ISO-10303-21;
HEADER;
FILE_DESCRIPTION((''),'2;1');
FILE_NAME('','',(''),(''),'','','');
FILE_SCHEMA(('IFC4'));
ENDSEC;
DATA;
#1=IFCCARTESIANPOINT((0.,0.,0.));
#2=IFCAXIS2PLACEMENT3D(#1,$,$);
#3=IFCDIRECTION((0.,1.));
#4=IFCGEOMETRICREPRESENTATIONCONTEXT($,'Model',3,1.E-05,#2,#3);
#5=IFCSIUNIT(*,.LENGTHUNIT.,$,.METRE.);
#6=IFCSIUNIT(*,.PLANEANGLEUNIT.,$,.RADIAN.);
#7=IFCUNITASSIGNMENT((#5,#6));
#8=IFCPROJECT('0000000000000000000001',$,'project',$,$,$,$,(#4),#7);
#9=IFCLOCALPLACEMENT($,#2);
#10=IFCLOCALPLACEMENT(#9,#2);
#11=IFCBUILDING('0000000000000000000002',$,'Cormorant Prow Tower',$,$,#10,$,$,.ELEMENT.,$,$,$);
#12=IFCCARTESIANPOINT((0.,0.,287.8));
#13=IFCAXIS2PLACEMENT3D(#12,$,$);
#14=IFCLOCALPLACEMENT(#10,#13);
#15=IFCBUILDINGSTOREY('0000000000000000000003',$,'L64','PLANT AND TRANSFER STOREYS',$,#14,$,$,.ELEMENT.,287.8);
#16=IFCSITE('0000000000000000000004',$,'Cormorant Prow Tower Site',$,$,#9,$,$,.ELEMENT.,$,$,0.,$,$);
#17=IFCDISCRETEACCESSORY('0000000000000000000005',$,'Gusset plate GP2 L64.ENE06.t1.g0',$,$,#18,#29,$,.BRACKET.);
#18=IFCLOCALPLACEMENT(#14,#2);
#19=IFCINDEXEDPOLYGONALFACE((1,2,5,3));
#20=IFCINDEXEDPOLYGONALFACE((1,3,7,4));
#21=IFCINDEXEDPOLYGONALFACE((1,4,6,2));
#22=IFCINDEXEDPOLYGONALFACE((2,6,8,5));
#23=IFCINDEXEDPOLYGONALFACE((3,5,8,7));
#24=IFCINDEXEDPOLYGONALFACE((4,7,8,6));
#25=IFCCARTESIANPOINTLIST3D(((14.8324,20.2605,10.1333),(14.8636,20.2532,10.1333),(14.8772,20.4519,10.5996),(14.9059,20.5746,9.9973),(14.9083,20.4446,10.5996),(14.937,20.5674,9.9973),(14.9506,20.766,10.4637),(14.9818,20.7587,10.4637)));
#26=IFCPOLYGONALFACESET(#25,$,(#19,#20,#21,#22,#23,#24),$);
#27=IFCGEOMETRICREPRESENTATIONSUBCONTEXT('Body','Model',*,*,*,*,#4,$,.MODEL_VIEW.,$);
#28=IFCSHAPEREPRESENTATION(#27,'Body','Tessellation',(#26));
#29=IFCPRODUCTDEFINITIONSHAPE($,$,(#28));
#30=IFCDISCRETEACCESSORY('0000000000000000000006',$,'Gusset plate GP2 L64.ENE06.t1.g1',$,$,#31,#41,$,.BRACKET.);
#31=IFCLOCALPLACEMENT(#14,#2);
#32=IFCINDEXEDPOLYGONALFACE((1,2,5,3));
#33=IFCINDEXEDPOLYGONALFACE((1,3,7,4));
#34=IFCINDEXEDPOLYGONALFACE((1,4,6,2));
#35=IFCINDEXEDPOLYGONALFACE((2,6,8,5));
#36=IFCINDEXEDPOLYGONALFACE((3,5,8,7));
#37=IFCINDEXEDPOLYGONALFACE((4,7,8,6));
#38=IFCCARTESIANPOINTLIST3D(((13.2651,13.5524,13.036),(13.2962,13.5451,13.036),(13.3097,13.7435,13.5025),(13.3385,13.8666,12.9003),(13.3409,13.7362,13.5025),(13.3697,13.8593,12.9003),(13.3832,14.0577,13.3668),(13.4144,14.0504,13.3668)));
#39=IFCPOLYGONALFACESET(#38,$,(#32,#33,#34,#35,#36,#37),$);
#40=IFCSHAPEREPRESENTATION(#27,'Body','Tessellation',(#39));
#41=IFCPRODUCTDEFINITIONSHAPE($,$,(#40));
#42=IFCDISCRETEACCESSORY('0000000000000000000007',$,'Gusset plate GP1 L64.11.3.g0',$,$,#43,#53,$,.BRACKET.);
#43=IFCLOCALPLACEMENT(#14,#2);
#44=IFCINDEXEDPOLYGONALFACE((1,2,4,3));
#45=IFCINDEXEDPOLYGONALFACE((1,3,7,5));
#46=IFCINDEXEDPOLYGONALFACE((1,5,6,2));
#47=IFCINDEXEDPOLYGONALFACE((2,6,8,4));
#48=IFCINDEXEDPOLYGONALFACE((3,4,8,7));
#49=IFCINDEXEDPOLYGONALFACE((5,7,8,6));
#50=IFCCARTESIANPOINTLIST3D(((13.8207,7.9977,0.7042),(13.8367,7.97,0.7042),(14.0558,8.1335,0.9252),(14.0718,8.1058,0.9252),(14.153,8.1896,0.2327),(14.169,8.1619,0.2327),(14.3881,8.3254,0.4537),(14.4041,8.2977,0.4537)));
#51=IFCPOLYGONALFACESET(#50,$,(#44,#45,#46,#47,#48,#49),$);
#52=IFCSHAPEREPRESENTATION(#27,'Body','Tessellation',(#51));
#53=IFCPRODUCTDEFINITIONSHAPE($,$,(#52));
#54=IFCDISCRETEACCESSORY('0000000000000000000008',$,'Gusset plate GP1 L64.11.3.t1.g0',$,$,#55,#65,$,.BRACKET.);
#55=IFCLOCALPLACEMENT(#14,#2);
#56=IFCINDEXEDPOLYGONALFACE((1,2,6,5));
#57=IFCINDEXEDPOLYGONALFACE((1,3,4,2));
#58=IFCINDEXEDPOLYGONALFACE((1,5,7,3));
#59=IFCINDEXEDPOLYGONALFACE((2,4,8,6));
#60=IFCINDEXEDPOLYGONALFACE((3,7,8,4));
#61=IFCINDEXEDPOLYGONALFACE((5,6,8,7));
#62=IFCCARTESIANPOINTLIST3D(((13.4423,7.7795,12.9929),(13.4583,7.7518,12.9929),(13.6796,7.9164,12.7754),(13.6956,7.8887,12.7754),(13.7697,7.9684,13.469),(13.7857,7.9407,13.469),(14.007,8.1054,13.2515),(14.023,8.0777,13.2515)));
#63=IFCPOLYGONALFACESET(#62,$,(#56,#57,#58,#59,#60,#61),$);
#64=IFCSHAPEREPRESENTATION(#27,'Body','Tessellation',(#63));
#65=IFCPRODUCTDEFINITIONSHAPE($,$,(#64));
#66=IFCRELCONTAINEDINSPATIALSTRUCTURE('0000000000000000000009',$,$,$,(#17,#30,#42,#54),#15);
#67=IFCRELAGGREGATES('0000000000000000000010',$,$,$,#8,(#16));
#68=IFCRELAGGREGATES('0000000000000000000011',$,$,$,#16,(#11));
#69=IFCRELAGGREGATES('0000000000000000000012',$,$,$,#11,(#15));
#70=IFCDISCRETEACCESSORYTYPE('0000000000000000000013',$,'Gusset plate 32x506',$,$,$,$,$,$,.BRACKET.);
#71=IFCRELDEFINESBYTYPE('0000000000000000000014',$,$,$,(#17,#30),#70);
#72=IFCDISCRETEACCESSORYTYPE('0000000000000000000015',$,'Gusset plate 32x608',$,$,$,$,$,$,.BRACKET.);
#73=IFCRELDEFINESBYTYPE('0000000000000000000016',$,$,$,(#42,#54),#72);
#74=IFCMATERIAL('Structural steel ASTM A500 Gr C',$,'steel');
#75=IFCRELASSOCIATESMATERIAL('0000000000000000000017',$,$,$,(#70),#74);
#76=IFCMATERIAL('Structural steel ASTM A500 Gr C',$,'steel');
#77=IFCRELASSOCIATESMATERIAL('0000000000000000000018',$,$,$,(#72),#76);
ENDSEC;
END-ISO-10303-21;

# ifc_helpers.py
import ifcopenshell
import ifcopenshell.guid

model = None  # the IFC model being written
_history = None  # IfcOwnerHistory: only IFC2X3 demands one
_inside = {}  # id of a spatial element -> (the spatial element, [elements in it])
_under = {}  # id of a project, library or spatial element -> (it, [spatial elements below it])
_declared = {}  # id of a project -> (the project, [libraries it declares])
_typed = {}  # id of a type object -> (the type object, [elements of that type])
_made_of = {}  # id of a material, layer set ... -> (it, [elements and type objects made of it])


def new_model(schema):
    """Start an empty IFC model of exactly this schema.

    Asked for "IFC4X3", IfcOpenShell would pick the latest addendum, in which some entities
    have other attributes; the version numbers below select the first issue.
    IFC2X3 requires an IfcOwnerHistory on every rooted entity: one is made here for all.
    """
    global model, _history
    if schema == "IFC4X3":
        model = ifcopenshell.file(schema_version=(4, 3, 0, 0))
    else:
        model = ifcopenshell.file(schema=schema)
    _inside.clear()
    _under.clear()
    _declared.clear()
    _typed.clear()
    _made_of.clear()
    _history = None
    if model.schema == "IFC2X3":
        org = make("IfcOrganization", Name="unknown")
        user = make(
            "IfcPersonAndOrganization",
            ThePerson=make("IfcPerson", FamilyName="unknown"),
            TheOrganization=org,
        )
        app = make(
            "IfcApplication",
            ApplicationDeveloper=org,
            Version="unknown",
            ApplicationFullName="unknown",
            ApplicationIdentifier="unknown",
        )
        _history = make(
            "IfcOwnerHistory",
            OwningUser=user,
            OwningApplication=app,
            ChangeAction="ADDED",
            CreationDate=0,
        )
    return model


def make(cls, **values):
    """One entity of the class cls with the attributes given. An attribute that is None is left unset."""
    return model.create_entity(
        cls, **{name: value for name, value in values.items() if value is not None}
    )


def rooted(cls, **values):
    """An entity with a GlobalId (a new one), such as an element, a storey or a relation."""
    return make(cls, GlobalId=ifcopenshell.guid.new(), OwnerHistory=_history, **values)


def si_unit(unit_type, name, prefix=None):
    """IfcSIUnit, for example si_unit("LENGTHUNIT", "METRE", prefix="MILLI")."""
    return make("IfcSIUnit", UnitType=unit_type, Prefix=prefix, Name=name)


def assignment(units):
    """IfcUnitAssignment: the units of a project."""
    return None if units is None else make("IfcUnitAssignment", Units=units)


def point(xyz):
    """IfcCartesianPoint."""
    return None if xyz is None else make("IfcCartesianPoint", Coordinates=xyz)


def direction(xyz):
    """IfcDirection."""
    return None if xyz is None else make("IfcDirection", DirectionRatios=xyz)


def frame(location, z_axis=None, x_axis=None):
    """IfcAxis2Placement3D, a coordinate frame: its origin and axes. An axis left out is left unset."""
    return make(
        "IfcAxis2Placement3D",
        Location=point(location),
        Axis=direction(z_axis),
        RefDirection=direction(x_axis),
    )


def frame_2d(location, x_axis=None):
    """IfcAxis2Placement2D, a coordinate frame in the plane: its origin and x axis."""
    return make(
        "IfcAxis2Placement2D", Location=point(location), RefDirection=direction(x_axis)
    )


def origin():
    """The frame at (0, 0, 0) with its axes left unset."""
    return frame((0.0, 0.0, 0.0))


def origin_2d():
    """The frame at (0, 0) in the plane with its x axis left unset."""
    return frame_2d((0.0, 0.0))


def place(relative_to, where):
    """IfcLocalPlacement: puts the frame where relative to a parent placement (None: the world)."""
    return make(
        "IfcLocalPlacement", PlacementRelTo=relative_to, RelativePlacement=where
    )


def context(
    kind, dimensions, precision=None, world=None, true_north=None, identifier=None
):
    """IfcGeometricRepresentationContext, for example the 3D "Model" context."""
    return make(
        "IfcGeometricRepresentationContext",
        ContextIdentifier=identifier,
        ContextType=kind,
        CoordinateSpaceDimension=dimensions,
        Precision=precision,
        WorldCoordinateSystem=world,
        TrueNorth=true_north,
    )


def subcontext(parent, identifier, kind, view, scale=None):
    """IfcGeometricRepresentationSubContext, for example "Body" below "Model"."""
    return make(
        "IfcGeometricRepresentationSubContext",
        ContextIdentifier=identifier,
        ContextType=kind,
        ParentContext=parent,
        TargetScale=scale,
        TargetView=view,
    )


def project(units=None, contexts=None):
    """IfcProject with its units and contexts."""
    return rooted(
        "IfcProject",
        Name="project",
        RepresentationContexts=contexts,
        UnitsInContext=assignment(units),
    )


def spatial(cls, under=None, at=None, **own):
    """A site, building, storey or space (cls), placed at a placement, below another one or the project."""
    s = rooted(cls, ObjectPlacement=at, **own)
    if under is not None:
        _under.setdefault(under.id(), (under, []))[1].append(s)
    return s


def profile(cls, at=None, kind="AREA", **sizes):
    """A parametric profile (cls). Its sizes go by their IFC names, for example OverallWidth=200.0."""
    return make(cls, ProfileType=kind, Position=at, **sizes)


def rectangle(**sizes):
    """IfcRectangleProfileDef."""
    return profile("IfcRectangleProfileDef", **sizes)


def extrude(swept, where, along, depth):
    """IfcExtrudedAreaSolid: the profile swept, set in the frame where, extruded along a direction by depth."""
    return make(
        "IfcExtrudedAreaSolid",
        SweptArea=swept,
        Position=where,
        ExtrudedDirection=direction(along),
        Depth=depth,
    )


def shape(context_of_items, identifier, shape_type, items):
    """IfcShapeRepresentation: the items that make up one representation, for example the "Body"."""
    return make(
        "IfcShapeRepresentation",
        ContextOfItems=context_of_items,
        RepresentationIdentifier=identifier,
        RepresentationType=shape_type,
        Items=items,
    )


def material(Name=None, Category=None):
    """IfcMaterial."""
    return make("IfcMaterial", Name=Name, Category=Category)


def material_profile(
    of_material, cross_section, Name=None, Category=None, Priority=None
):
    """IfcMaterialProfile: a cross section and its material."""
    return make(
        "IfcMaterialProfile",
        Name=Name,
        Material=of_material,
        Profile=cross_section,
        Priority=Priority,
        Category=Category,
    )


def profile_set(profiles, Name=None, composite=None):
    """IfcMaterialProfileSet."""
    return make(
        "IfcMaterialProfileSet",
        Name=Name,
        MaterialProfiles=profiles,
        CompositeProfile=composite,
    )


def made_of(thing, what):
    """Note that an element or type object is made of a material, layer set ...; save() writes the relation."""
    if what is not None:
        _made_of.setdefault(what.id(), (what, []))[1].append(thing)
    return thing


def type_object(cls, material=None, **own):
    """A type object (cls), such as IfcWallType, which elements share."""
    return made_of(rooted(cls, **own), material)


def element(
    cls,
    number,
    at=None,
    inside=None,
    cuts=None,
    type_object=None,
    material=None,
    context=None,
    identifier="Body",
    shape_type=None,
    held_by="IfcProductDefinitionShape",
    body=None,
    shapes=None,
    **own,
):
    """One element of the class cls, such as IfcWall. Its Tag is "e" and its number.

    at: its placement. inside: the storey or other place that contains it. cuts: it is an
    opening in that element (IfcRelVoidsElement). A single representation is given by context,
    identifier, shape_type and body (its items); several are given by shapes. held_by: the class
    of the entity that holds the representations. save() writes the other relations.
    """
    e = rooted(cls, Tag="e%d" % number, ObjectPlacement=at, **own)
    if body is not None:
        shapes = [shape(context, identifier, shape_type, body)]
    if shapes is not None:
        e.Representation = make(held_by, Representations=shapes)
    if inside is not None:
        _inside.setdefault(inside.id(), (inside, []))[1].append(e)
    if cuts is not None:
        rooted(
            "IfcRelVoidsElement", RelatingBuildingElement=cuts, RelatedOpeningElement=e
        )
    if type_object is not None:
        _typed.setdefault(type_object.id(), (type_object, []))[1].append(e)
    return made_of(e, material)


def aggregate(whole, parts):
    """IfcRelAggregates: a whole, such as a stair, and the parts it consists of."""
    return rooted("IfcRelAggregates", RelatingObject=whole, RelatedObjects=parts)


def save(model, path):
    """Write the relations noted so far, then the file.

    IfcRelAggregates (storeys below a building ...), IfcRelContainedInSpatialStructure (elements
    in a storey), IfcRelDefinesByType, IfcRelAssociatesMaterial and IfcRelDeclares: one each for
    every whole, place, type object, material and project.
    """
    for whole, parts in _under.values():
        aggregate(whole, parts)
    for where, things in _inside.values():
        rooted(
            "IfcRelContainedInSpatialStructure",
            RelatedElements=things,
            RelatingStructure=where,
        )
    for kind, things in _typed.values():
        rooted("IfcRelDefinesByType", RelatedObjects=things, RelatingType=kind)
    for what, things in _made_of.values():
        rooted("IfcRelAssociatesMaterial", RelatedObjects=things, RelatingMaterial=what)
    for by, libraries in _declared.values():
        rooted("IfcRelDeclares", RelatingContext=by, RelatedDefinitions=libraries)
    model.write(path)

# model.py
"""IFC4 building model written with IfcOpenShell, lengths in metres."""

from ifc_helpers import new_model, si_unit, direction, frame, origin, origin_2d, place, context, subcontext, project, spatial, rectangle, extrude, material, material_profile, profile_set, type_object, element, save


model = new_model("IFC4")

# Units and contexts
model_context = context("Model", 3, precision=1e-05, world=origin(), true_north=direction((0.0, 1.0)))
body_context = subcontext(model_context, "Body", "Model", "MODEL_VIEW")
ifc_project = project(units=[si_unit("LENGTHUNIT", "METRE"), si_unit("PLANEANGLEUNIT", "RADIAN")], contexts=[model_context])

# Site, building, storey
site_placement = place(None, origin())
site = spatial("IfcSite", under=ifc_project, at=site_placement, Name="Cormorant Prow Tower Site", CompositionType="ELEMENT", RefElevation=0.0)
building_placement = place(site_placement, origin())
building = spatial("IfcBuilding", under=site, at=building_placement, Name="Cormorant Prow Tower", CompositionType="ELEMENT")
storey_placement = place(building_placement, frame((0.0, 0.0, 287.8)))
storey = spatial("IfcBuildingStorey", under=building, at=storey_placement, Name="L64", Description="PLANT AND TRANSFER STOREYS", CompositionType="ELEMENT", Elevation=287.8)

# Discrete accessories
ifc_material_1 = material(Name="Structural steel ASTM A500 Gr C", Category="steel")
ifc_material_profile_1 = material_profile(ifc_material_1, rectangle(XDim=0.032, YDim=0.5061, at=origin_2d()), Name="Gusset plate 32x506")
ifc_profile_set_1 = profile_set([ifc_material_profile_1], Name="Structural steel ASTM A500 Gr C")
discrete_accessory_type_1 = type_object("IfcDiscreteAccessoryType", Name="Gusset plate 32x506", PredefinedType="BRACKET", material=ifc_profile_set_1)
for number, where, z_axis, x_axis, name in (
    (1, (14.8704, 20.3525, 10.3665), (0.209858, 0.897301, -0.388343), (-0.973724, 0.227732, 0.0), "Gusset plate GP2 L64.ENE06.t1.g0"),
    (2, (13.3765, 13.9585, 13.1335), (-0.209915, -0.897544, 0.38775), (0.973724, -0.227732, 0.0), "Gusset plate GP2 L64.ENE06.t1.g1"),
):
    element("IfcDiscreteAccessory", number, at=place(storey_placement, frame(where, z_axis=z_axis, x_axis=x_axis)), inside=storey, type_object=discrete_accessory_type_1, Name=name, PredefinedType="BRACKET", context=body_context, shape_type="SweptSolid", body=[
        extrude(rectangle(XDim=0.032, YDim=0.5061, at=origin_2d()), origin(), (0.0, 0.0, 1.0), 0.3501),
    ])
ifc_material_2 = material(Name="Structural steel ASTM A500 Gr C", Category="steel")
ifc_material_profile_2 = material_profile(ifc_material_2, rectangle(XDim=0.032, YDim=0.6079, at=origin_2d()), Name="Gusset plate 32x608")
ifc_profile_set_2 = profile_set([ifc_material_profile_2], Name="Structural steel ASTM A500 Gr C")
discrete_accessory_type_2 = type_object("IfcDiscreteAccessoryType", Name="Gusset plate 32x608", PredefinedType="BRACKET", material=ifc_profile_set_2)
discrete_accessory_1_placement = place(storey_placement, frame((14.23, 8.2156, 0.6895), z_axis=(-0.671683, -0.387805, -0.631229), x_axis=(0.500008, -0.866021, 0.0)))
element("IfcDiscreteAccessory", 3, at=discrete_accessory_1_placement, inside=storey, type_object=discrete_accessory_type_2, Name="Gusset plate GP1 L64.11.3.g0", PredefinedType="BRACKET", context=body_context, shape_type="SweptSolid", body=[
    extrude(rectangle(XDim=0.032, YDim=0.6079, at=origin_2d()), origin(), (0.0, 0.0, 1.0), 0.3501),
])
discrete_accessory_2_placement = place(storey_placement, frame((13.8513, 7.9971, 13.0134), z_axis=(-0.678314, -0.391496, 0.621788), x_axis=(0.499877, -0.866097, 0.0)))
element("IfcDiscreteAccessory", 4, at=discrete_accessory_2_placement, inside=storey, type_object=discrete_accessory_type_2, Name="Gusset plate GP1 L64.11.3.t1.g0", PredefinedType="BRACKET", context=body_context, shape_type="SweptSolid", body=[
    extrude(rectangle(XDim=0.032, YDim=0.6079, at=origin_2d()), origin(), (0.0, 0.0, 1.0), 0.3499),
])

save(model, "model.ifc")
